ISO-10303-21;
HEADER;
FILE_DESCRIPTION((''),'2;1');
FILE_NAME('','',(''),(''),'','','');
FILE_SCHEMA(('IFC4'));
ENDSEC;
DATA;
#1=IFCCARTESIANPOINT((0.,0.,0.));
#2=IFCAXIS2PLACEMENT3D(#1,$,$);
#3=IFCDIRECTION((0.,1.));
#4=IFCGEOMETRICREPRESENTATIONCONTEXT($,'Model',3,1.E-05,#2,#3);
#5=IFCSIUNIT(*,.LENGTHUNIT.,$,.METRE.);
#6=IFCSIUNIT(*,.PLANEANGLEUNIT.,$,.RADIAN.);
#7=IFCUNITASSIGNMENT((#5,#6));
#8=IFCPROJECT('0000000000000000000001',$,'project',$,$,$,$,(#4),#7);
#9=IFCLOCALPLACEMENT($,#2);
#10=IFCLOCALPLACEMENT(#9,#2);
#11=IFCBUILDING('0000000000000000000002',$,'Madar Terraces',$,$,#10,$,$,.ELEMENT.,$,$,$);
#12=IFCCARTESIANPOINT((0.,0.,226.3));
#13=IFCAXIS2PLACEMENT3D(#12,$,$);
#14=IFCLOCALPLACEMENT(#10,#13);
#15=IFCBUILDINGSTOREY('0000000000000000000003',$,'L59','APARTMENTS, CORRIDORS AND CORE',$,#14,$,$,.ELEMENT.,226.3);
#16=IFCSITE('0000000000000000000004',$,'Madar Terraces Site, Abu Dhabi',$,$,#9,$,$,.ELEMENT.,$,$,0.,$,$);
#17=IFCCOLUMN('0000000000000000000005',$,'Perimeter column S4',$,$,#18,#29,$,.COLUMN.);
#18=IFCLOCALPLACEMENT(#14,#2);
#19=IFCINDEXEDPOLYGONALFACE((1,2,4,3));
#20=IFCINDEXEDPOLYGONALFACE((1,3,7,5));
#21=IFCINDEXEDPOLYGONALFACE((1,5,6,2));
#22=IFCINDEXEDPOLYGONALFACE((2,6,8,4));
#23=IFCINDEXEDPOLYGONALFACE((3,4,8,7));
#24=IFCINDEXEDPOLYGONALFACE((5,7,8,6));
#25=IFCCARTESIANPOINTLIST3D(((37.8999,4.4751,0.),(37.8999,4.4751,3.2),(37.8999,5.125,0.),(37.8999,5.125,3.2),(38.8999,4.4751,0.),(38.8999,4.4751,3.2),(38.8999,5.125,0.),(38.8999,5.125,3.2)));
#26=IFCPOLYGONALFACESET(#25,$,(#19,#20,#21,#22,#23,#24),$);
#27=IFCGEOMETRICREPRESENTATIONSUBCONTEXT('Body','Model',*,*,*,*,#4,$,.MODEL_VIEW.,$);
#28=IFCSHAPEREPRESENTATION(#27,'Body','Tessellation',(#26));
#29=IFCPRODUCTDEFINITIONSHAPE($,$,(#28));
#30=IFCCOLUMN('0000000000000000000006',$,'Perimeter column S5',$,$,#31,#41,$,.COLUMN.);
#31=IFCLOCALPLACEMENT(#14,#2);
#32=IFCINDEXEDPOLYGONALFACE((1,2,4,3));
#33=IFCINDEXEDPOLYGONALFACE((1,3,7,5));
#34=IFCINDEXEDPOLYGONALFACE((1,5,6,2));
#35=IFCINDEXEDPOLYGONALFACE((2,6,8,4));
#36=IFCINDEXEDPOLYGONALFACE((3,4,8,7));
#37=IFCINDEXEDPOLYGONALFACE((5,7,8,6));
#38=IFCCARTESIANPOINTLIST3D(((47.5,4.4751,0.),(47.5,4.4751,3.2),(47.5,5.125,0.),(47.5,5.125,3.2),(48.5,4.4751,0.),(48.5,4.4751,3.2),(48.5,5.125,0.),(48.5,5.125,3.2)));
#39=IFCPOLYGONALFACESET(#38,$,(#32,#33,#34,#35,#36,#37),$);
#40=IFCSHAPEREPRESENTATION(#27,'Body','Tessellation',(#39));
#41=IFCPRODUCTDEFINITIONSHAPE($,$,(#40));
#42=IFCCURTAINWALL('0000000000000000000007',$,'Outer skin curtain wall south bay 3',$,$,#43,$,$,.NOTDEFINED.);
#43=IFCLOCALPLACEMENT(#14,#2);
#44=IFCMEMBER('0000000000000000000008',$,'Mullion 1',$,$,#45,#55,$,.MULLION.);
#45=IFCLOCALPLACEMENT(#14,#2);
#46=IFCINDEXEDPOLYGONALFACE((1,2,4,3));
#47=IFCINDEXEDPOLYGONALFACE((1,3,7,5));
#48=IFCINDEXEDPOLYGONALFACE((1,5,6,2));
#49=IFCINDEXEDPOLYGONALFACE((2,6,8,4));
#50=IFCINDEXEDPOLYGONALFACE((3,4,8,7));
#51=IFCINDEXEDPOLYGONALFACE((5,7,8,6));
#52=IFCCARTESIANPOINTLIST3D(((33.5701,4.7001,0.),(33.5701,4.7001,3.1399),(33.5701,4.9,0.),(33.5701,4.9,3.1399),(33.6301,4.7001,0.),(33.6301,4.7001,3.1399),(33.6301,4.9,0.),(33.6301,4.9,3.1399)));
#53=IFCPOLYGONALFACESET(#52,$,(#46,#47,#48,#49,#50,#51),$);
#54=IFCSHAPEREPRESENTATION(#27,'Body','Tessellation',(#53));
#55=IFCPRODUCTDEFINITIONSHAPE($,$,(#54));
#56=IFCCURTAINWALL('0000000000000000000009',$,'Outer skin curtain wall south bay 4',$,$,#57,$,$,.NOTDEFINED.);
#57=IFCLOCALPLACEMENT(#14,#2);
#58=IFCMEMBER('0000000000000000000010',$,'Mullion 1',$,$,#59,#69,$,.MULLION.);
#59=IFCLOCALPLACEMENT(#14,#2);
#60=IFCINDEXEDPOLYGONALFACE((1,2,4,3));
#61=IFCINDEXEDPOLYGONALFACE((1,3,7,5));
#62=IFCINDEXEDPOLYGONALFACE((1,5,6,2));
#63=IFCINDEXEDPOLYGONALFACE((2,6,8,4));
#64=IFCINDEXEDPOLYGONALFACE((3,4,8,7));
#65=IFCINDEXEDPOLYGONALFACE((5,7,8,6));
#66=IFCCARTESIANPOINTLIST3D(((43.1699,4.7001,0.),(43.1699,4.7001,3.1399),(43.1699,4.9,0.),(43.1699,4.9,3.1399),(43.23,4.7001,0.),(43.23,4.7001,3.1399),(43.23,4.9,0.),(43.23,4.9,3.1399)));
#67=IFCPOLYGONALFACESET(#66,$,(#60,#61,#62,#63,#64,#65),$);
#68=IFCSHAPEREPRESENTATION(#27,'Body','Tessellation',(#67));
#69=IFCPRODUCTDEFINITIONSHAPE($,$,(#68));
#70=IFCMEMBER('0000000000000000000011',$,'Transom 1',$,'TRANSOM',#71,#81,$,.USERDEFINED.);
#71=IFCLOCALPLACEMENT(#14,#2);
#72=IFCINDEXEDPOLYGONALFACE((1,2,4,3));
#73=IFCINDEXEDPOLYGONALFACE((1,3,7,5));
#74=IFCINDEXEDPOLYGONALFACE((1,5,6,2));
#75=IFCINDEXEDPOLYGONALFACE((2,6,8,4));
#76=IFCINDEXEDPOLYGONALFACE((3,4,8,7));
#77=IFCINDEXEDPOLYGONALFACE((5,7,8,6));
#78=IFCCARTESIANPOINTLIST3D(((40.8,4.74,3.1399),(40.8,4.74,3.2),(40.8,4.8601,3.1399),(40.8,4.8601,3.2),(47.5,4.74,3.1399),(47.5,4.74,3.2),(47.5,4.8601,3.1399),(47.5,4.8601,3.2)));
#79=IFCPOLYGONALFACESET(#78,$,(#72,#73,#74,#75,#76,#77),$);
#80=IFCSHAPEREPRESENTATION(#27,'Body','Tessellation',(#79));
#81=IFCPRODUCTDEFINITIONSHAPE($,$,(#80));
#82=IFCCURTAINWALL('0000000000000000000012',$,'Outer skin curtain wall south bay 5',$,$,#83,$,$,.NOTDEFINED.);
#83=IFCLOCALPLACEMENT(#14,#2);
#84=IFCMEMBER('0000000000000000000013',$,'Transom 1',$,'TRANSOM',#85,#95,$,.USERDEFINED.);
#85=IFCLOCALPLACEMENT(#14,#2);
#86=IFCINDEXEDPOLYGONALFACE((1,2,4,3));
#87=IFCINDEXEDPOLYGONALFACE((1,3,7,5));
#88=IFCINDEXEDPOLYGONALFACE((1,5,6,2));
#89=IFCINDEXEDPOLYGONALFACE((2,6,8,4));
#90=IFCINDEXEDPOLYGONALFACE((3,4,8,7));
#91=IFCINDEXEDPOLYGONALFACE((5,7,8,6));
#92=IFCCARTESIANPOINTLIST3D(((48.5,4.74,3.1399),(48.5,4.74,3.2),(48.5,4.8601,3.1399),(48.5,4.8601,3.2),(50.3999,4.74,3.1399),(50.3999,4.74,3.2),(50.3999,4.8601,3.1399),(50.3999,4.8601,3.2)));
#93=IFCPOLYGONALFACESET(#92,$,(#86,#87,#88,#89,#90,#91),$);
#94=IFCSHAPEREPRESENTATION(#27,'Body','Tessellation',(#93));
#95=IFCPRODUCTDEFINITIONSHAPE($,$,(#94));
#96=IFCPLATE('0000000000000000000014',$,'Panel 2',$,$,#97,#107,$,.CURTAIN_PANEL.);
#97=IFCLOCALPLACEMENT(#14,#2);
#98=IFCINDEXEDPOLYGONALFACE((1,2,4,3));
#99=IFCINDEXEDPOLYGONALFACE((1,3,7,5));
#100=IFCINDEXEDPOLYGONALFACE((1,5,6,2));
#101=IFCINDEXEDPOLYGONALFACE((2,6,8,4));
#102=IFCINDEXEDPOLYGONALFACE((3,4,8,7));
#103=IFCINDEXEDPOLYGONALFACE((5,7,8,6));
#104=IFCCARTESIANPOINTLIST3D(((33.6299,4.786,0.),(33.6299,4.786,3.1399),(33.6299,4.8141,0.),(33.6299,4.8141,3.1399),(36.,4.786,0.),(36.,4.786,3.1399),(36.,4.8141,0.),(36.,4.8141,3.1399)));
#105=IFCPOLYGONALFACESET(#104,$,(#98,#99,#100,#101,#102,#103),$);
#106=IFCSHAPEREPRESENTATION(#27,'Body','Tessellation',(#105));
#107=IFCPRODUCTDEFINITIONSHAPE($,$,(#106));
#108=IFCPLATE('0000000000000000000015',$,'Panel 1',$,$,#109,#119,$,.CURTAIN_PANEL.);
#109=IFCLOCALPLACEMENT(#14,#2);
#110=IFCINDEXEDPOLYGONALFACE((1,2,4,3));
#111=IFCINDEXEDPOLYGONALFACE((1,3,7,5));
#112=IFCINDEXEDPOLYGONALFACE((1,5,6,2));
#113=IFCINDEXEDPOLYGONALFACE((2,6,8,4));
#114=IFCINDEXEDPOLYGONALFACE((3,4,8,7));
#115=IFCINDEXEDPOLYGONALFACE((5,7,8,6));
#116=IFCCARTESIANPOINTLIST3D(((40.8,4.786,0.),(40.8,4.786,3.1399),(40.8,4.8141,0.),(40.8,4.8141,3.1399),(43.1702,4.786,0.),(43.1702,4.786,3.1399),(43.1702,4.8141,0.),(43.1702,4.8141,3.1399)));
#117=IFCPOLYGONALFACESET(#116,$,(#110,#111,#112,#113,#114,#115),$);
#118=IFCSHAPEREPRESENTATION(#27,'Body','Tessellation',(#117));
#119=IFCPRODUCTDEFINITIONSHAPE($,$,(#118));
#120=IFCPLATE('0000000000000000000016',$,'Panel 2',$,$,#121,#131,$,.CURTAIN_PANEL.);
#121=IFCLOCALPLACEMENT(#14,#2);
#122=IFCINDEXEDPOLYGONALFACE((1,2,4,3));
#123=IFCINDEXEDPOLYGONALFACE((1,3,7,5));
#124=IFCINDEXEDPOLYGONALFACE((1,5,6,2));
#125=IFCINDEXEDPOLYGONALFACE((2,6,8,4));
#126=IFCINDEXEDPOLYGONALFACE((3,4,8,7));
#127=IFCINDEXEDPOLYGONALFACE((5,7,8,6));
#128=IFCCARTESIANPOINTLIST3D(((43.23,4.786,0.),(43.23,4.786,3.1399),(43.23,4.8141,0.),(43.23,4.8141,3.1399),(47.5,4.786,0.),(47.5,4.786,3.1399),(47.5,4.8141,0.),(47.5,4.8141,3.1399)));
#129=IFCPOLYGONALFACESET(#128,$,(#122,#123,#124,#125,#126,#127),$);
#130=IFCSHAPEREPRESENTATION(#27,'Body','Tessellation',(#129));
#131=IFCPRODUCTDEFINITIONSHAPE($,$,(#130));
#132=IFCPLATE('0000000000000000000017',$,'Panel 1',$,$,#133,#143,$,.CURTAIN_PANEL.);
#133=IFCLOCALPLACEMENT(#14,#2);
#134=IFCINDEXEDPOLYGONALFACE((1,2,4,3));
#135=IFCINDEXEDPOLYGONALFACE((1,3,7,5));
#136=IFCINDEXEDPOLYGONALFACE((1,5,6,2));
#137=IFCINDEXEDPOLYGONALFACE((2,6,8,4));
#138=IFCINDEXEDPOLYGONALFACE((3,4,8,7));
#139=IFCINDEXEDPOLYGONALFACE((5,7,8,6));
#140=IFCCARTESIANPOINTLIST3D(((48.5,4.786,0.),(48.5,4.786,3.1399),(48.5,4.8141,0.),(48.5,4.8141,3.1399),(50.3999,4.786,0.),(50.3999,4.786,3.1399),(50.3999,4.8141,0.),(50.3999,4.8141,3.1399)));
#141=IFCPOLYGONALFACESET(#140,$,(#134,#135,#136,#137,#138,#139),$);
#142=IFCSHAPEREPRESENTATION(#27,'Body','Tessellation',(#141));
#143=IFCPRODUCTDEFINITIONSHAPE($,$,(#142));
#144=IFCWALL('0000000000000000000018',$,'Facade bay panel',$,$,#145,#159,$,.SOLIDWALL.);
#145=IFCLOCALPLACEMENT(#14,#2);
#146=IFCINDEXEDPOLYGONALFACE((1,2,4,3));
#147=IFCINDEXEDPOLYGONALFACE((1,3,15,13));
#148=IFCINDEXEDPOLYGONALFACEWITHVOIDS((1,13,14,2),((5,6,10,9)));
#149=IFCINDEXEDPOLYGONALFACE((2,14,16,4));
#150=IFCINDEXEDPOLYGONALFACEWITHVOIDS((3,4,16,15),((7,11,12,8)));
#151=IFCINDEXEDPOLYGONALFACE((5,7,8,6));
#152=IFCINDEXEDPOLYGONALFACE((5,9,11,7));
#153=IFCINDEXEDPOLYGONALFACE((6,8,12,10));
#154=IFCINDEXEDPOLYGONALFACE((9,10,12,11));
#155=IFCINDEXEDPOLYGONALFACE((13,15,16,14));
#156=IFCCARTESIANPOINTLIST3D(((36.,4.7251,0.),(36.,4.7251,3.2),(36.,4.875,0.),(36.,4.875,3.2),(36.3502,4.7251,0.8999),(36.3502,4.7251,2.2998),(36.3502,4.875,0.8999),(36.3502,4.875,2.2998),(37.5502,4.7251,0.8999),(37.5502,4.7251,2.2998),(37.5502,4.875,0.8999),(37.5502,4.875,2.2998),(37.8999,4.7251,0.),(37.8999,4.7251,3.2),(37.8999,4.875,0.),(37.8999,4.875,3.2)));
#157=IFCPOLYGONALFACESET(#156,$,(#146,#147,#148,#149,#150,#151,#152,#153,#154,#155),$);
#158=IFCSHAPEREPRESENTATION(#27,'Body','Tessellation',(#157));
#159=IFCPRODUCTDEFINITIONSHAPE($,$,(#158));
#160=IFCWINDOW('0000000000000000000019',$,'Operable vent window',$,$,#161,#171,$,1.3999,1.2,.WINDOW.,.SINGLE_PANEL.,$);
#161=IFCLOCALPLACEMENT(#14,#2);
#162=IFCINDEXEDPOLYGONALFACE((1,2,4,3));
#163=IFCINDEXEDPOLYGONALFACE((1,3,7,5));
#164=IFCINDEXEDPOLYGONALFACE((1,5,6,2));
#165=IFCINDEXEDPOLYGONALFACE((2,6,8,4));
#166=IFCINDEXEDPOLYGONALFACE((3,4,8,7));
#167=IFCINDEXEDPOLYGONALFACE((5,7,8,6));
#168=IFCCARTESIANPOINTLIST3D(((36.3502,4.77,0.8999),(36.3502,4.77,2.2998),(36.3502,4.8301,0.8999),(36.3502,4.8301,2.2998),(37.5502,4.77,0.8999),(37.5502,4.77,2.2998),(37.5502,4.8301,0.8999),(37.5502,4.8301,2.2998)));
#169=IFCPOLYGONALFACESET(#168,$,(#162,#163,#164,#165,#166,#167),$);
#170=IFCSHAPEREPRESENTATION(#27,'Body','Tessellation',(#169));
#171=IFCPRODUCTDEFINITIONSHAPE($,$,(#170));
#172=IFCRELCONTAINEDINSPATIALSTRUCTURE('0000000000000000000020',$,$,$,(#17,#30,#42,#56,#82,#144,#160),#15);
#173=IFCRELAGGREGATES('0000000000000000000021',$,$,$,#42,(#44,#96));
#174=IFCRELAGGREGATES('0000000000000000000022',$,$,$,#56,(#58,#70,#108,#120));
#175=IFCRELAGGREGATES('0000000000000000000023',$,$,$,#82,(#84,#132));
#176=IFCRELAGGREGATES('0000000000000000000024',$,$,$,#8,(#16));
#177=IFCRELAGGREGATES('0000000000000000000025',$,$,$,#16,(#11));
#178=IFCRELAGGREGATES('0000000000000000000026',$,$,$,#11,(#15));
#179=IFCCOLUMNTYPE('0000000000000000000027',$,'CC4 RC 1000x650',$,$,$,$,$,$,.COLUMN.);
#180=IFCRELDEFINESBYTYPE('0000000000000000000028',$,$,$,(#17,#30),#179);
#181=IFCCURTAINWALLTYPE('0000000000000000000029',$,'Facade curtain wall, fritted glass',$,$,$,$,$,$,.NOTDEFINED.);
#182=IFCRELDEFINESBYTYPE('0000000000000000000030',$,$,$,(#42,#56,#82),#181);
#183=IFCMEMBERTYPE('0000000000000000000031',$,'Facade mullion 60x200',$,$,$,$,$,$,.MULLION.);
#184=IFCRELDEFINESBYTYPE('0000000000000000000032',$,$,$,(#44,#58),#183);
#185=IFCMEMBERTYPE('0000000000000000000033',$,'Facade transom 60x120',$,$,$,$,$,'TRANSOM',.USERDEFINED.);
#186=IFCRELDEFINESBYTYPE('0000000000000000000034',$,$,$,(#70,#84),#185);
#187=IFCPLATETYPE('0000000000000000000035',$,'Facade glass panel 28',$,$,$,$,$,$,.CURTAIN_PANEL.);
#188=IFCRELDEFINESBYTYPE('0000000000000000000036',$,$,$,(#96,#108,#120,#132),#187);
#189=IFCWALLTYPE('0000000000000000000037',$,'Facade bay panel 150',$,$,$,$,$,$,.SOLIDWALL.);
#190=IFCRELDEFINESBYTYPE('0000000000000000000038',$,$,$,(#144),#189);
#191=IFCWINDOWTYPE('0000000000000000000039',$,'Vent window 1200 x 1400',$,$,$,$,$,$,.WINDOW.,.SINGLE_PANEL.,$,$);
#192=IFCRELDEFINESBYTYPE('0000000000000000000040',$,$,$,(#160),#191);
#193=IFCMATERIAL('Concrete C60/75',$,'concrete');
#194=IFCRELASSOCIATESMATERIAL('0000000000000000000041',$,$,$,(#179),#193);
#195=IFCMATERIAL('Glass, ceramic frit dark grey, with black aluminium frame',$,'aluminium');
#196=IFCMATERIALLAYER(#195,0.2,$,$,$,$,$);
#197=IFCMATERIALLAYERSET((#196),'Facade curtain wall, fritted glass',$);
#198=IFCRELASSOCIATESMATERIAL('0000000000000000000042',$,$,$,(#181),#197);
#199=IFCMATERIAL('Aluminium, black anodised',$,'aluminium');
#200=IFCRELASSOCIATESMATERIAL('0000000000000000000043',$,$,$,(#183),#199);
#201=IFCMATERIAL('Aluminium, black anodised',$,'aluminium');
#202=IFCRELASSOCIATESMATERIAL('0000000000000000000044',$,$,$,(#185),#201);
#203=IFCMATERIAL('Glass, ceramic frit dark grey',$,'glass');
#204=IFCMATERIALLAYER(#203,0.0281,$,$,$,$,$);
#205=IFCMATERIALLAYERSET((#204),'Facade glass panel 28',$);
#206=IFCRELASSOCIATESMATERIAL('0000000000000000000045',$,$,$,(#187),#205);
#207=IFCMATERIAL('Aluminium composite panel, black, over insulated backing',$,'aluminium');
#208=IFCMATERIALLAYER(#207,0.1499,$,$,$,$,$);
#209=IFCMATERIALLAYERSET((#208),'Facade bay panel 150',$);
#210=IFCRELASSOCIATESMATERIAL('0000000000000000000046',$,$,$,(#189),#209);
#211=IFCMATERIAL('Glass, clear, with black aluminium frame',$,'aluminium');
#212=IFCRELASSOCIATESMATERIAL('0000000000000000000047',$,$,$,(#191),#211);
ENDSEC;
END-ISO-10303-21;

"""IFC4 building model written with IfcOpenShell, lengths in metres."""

from ifc_helpers import new_model, si_unit, direction, frame, frame_2d, origin, origin_2d, place, context, subcontext, project, spatial, rectangle, extrude, material, layer, layer_set, material_profile, profile_set, type_object, element, fill, aggregate, save


model = new_model("IFC4")

# Units and contexts
model_context = context("Model", 3, precision=1e-05, world=origin(), true_north=direction((0.0, 1.0)))
body_context = subcontext(model_context, "Body", "Model", "MODEL_VIEW")
ifc_project = project(units=[si_unit("LENGTHUNIT", "METRE"), si_unit("PLANEANGLEUNIT", "RADIAN")], contexts=[model_context])

# Site, building, storey
site_placement = place(None, origin())
site = spatial("IfcSite", under=ifc_project, at=site_placement, Name="Madar Terraces Site, Abu Dhabi", CompositionType="ELEMENT", RefElevation=0.0)
building_placement = place(site_placement, origin())
building = spatial("IfcBuilding", under=site, at=building_placement, Name="Madar Terraces", CompositionType="ELEMENT")
storey_placement = place(building_placement, frame((0.0, 0.0, 226.3)))
storey = spatial("IfcBuildingStorey", under=building, at=storey_placement, Name="L59", Description="APARTMENTS, CORRIDORS AND CORE", CompositionType="ELEMENT", Elevation=226.3)

# Columns
ifc_material_1 = material(Name="Concrete C60/75", Category="concrete")
ifc_material_profile_1 = material_profile(ifc_material_1, rectangle(XDim=1.0, YDim=0.6499, at=origin_2d()), Name="CC4 RC 1000x650")
ifc_profile_set_1 = profile_set([ifc_material_profile_1], Name="Concrete C60/75")
column_type = type_object("IfcColumnType", Name="CC4 RC 1000x650", PredefinedType="COLUMN", material=ifc_profile_set_1)
for number, where, z_axis, x_axis, name in (
    (1, (38.3999, 4.8, 0.0), (0.0, 0.0, 1.0), (1.0, 0.0, 0.0), "Perimeter column S4"),
    (2, (48.0, 4.8, 0.0), (0.0, 0.0, 1.0), (1.0, 0.0, 0.0), "Perimeter column S5"),
):
    element("IfcColumn", number, at=place(storey_placement, frame(where, z_axis=z_axis, x_axis=x_axis)), inside=storey, type_object=column_type, Name=name, PredefinedType="COLUMN", context=body_context, shape_type="SweptSolid", body=[
        extrude(rectangle(XDim=1.0, YDim=0.6499, at=origin_2d()), origin(), (0.0, 0.0, 1.0), 3.2),
    ])

# Curtain wall, member
ifc_material_2 = material(Name="Glass, ceramic frit dark grey, with black aluminium frame", Category="aluminium")
ifc_layer_1 = layer(ifc_material_2, 0.2)
ifc_layer_set_1 = layer_set([ifc_layer_1], Name="Facade curtain wall, fritted glass")
curtain_wall_type = type_object("IfcCurtainWallType", Name="Facade curtain wall, fritted glass", PredefinedType="NOTDEFINED", material=ifc_layer_set_1)
curtain_wall_1_placement = place(storey_placement, origin())
curtain_wall_1 = element("IfcCurtainWall", 3, at=curtain_wall_1_placement, inside=storey, type_object=curtain_wall_type, Name="Outer skin curtain wall south bay 3", PredefinedType="NOTDEFINED")
ifc_material_3 = material(Name="Aluminium, black anodised", Category="aluminium")
ifc_material_profile_2 = material_profile(ifc_material_3, rectangle(XDim=0.2, YDim=0.0601, at=origin_2d()), Name="Facade mullion 60x200")
ifc_profile_set_2 = profile_set([ifc_material_profile_2], Name="Aluminium, black anodised")
member_type_1 = type_object("IfcMemberType", Name="Facade mullion 60x200", PredefinedType="MULLION", material=ifc_profile_set_2)
member_1_placement = place(storey_placement, frame((33.6001, 4.8, 0.0), z_axis=(0.0, 0.0, 1.0), x_axis=(0.0, 1.0, 0.0)))
member_1 = element("IfcMember", 4, at=member_1_placement, type_object=member_type_1, Name="Mullion 1", PredefinedType="MULLION", context=body_context, shape_type="SweptSolid", body=[
    extrude(rectangle(XDim=0.2, YDim=0.0601, at=origin_2d()), origin(), (0.0, 0.0, 1.0), 3.1399),
])

# Curtain wall, members
curtain_wall_2_placement = place(storey_placement, origin())
curtain_wall_2 = element("IfcCurtainWall", 5, at=curtain_wall_2_placement, inside=storey, type_object=curtain_wall_type, Name="Outer skin curtain wall south bay 4", PredefinedType="NOTDEFINED")
member_2_placement = place(storey_placement, frame((43.2, 4.8, 0.0), z_axis=(0.0, 0.0, 1.0), x_axis=(0.0, 1.0, 0.0)))
member_2 = element("IfcMember", 6, at=member_2_placement, type_object=member_type_1, Name="Mullion 1", PredefinedType="MULLION", context=body_context, shape_type="SweptSolid", body=[
    extrude(rectangle(XDim=0.2, YDim=0.0601, at=origin_2d()), origin(), (0.0, 0.0, 1.0), 3.1399),
])
ifc_material_4 = material(Name="Aluminium, black anodised", Category="aluminium")
ifc_material_profile_3 = material_profile(ifc_material_4, rectangle(XDim=0.1201, YDim=0.0601, at=origin_2d()), Name="Facade transom 60x120")
ifc_profile_set_3 = profile_set([ifc_material_profile_3], Name="Aluminium, black anodised")
member_type_2 = type_object("IfcMemberType", Name="Facade transom 60x120", ElementType="TRANSOM", PredefinedType="USERDEFINED", material=ifc_profile_set_3)
member_3_placement = place(storey_placement, frame((40.8, 4.8, 3.1699), z_axis=(1.0, 0.0, 0.0), x_axis=(0.0, 1.0, 0.0)))
member_3 = element("IfcMember", 7, at=member_3_placement, type_object=member_type_2, Name="Transom 1", ObjectType="TRANSOM", PredefinedType="USERDEFINED", context=body_context, shape_type="SweptSolid", body=[
    extrude(rectangle(XDim=0.1201, YDim=0.0601, at=origin_2d()), origin(), (0.0, 0.0, 1.0), 6.7),
])

# Curtain wall, member
curtain_wall_3_placement = place(storey_placement, origin())
curtain_wall_3 = element("IfcCurtainWall", 8, at=curtain_wall_3_placement, inside=storey, type_object=curtain_wall_type, Name="Outer skin curtain wall south bay 5", PredefinedType="NOTDEFINED")
member_4_placement = place(storey_placement, frame((48.5, 4.8, 3.1699), z_axis=(1.0, 0.0, 0.0), x_axis=(0.0, 1.0, 0.0)))
member_4 = element("IfcMember", 9, at=member_4_placement, type_object=member_type_2, Name="Transom 1", ObjectType="TRANSOM", PredefinedType="USERDEFINED", context=body_context, shape_type="SweptSolid", body=[
    extrude(rectangle(XDim=0.1201, YDim=0.0601, at=origin_2d()), origin(), (0.0, 0.0, 1.0), 1.8999),
])

# Plates
ifc_material_5 = material(Name="Glass, ceramic frit dark grey", Category="glass")
ifc_layer_2 = layer(ifc_material_5, 0.0281)
ifc_layer_set_2 = layer_set([ifc_layer_2], Name="Facade glass panel 28")
plate_type = type_object("IfcPlateType", Name="Facade glass panel 28", PredefinedType="CURTAIN_PANEL", material=ifc_layer_set_2)
plate_1_placement = place(storey_placement, frame((34.8149, 4.8, 0.0), z_axis=(0.0, 0.0, 1.0), x_axis=(1.0, 0.0, 0.0)))
plate_1 = element("IfcPlate", 10, at=plate_1_placement, type_object=plate_type, Name="Panel 2", PredefinedType="CURTAIN_PANEL", context=body_context, shape_type="SweptSolid", body=[
    extrude(rectangle(XDim=2.3701, YDim=0.0281, at=origin_2d()), origin(), (0.0, 0.0, 1.0), 3.1399),
])
aggregate(curtain_wall_1, [member_1, plate_1])
plate_2_placement = place(storey_placement, frame((41.9851, 4.8, 0.0), z_axis=(0.0, 0.0, 1.0), x_axis=(1.0, 0.0, 0.0)))
plate_2 = element("IfcPlate", 11, at=plate_2_placement, type_object=plate_type, Name="Panel 1", PredefinedType="CURTAIN_PANEL", context=body_context, shape_type="SweptSolid", body=[
    extrude(rectangle(XDim=2.3701, YDim=0.0281, at=origin_2d()), origin(), (0.0, 0.0, 1.0), 3.1399),
])
plate_3_placement = place(storey_placement, frame((45.365, 4.8, 0.0), z_axis=(0.0, 0.0, 1.0), x_axis=(1.0, 0.0, 0.0)))
plate_3 = element("IfcPlate", 12, at=plate_3_placement, type_object=plate_type, Name="Panel 2", PredefinedType="CURTAIN_PANEL", context=body_context, shape_type="SweptSolid", body=[
    extrude(rectangle(XDim=4.27, YDim=0.0281, at=origin_2d()), origin(), (0.0, 0.0, 1.0), 3.1399),
])
aggregate(curtain_wall_2, [member_2, member_3, plate_2, plate_3])
plate_4_placement = place(storey_placement, frame((49.45, 4.8, 0.0), z_axis=(0.0, 0.0, 1.0), x_axis=(1.0, 0.0, 0.0)))
plate_4 = element("IfcPlate", 13, at=plate_4_placement, type_object=plate_type, Name="Panel 1", PredefinedType="CURTAIN_PANEL", context=body_context, shape_type="SweptSolid", body=[
    extrude(rectangle(XDim=1.8999, YDim=0.0281, at=origin_2d()), origin(), (0.0, 0.0, 1.0), 3.1399),
])
aggregate(curtain_wall_3, [member_4, plate_4])

# Wall, opening, window
ifc_material_6 = material(Name="Aluminium composite panel, black, over insulated backing", Category="aluminium")
ifc_layer_3 = layer(ifc_material_6, 0.1499)
ifc_layer_set_3 = layer_set([ifc_layer_3], Name="Facade bay panel 150")
wall_type_1 = type_object("IfcWallType", Name="Facade bay panel 150", PredefinedType="SOLIDWALL", material=ifc_layer_set_3)
wall_1_placement = place(storey_placement, frame((36.0, 4.8, 0.0), z_axis=(0.0, 0.0, 1.0), x_axis=(1.0, 0.0, 0.0)))
wall_1 = element("IfcWall", 14, at=wall_1_placement, inside=storey, type_object=wall_type_1, Name="Facade bay panel", PredefinedType="SOLIDWALL", context=body_context, shape_type="SweptSolid", body=[
    extrude(rectangle(XDim=1.8999, YDim=0.1499, at=frame_2d((0.95, 0.0))), origin(), (0.0, 0.0, 1.0), 3.2),
])
opening_1_placement = place(wall_1_placement, frame((0.3501, 0.0, 0.8999)))
opening_1 = element("IfcOpeningElement", 15, at=opening_1_placement, cuts=wall_1, PredefinedType="OPENING", context=body_context, shape_type="SweptSolid", body=[
    extrude(rectangle(XDim=1.2, YDim=1.3999, at=frame_2d((0.6001, 0.7))), frame((0.0, 0.085, 0.0), z_axis=(0.0, -1.0, 0.0), x_axis=(1.0, 0.0, 0.0)), (0.0, 0.0, 1.0), 0.1699),
])
ifc_material_7 = material(Name="Glass, clear, with black aluminium frame", Category="aluminium")
window_type = type_object("IfcWindowType", Name="Vent window 1200 x 1400", PartitioningType="SINGLE_PANEL", PredefinedType="WINDOW", material=ifc_material_7)
window_1_placement = place(opening_1_placement, origin())
window_1 = element("IfcWindow", 16, at=window_1_placement, inside=storey, type_object=window_type, Name="Operable vent window", OverallHeight=1.3999, OverallWidth=1.2, PartitioningType="SINGLE_PANEL", PredefinedType="WINDOW", context=body_context, shape_type="SweptSolid", body=[
    extrude(rectangle(XDim=1.2, YDim=1.3999, at=frame_2d((0.6001, 0.7))), frame((0.0, 0.03, 0.0), z_axis=(0.0, -1.0, 0.0), x_axis=(1.0, 0.0, 0.0)), (0.0, 0.0, 1.0), 0.0601),
])
fill(opening_1, window_1)

save(model, "model.ifc")
